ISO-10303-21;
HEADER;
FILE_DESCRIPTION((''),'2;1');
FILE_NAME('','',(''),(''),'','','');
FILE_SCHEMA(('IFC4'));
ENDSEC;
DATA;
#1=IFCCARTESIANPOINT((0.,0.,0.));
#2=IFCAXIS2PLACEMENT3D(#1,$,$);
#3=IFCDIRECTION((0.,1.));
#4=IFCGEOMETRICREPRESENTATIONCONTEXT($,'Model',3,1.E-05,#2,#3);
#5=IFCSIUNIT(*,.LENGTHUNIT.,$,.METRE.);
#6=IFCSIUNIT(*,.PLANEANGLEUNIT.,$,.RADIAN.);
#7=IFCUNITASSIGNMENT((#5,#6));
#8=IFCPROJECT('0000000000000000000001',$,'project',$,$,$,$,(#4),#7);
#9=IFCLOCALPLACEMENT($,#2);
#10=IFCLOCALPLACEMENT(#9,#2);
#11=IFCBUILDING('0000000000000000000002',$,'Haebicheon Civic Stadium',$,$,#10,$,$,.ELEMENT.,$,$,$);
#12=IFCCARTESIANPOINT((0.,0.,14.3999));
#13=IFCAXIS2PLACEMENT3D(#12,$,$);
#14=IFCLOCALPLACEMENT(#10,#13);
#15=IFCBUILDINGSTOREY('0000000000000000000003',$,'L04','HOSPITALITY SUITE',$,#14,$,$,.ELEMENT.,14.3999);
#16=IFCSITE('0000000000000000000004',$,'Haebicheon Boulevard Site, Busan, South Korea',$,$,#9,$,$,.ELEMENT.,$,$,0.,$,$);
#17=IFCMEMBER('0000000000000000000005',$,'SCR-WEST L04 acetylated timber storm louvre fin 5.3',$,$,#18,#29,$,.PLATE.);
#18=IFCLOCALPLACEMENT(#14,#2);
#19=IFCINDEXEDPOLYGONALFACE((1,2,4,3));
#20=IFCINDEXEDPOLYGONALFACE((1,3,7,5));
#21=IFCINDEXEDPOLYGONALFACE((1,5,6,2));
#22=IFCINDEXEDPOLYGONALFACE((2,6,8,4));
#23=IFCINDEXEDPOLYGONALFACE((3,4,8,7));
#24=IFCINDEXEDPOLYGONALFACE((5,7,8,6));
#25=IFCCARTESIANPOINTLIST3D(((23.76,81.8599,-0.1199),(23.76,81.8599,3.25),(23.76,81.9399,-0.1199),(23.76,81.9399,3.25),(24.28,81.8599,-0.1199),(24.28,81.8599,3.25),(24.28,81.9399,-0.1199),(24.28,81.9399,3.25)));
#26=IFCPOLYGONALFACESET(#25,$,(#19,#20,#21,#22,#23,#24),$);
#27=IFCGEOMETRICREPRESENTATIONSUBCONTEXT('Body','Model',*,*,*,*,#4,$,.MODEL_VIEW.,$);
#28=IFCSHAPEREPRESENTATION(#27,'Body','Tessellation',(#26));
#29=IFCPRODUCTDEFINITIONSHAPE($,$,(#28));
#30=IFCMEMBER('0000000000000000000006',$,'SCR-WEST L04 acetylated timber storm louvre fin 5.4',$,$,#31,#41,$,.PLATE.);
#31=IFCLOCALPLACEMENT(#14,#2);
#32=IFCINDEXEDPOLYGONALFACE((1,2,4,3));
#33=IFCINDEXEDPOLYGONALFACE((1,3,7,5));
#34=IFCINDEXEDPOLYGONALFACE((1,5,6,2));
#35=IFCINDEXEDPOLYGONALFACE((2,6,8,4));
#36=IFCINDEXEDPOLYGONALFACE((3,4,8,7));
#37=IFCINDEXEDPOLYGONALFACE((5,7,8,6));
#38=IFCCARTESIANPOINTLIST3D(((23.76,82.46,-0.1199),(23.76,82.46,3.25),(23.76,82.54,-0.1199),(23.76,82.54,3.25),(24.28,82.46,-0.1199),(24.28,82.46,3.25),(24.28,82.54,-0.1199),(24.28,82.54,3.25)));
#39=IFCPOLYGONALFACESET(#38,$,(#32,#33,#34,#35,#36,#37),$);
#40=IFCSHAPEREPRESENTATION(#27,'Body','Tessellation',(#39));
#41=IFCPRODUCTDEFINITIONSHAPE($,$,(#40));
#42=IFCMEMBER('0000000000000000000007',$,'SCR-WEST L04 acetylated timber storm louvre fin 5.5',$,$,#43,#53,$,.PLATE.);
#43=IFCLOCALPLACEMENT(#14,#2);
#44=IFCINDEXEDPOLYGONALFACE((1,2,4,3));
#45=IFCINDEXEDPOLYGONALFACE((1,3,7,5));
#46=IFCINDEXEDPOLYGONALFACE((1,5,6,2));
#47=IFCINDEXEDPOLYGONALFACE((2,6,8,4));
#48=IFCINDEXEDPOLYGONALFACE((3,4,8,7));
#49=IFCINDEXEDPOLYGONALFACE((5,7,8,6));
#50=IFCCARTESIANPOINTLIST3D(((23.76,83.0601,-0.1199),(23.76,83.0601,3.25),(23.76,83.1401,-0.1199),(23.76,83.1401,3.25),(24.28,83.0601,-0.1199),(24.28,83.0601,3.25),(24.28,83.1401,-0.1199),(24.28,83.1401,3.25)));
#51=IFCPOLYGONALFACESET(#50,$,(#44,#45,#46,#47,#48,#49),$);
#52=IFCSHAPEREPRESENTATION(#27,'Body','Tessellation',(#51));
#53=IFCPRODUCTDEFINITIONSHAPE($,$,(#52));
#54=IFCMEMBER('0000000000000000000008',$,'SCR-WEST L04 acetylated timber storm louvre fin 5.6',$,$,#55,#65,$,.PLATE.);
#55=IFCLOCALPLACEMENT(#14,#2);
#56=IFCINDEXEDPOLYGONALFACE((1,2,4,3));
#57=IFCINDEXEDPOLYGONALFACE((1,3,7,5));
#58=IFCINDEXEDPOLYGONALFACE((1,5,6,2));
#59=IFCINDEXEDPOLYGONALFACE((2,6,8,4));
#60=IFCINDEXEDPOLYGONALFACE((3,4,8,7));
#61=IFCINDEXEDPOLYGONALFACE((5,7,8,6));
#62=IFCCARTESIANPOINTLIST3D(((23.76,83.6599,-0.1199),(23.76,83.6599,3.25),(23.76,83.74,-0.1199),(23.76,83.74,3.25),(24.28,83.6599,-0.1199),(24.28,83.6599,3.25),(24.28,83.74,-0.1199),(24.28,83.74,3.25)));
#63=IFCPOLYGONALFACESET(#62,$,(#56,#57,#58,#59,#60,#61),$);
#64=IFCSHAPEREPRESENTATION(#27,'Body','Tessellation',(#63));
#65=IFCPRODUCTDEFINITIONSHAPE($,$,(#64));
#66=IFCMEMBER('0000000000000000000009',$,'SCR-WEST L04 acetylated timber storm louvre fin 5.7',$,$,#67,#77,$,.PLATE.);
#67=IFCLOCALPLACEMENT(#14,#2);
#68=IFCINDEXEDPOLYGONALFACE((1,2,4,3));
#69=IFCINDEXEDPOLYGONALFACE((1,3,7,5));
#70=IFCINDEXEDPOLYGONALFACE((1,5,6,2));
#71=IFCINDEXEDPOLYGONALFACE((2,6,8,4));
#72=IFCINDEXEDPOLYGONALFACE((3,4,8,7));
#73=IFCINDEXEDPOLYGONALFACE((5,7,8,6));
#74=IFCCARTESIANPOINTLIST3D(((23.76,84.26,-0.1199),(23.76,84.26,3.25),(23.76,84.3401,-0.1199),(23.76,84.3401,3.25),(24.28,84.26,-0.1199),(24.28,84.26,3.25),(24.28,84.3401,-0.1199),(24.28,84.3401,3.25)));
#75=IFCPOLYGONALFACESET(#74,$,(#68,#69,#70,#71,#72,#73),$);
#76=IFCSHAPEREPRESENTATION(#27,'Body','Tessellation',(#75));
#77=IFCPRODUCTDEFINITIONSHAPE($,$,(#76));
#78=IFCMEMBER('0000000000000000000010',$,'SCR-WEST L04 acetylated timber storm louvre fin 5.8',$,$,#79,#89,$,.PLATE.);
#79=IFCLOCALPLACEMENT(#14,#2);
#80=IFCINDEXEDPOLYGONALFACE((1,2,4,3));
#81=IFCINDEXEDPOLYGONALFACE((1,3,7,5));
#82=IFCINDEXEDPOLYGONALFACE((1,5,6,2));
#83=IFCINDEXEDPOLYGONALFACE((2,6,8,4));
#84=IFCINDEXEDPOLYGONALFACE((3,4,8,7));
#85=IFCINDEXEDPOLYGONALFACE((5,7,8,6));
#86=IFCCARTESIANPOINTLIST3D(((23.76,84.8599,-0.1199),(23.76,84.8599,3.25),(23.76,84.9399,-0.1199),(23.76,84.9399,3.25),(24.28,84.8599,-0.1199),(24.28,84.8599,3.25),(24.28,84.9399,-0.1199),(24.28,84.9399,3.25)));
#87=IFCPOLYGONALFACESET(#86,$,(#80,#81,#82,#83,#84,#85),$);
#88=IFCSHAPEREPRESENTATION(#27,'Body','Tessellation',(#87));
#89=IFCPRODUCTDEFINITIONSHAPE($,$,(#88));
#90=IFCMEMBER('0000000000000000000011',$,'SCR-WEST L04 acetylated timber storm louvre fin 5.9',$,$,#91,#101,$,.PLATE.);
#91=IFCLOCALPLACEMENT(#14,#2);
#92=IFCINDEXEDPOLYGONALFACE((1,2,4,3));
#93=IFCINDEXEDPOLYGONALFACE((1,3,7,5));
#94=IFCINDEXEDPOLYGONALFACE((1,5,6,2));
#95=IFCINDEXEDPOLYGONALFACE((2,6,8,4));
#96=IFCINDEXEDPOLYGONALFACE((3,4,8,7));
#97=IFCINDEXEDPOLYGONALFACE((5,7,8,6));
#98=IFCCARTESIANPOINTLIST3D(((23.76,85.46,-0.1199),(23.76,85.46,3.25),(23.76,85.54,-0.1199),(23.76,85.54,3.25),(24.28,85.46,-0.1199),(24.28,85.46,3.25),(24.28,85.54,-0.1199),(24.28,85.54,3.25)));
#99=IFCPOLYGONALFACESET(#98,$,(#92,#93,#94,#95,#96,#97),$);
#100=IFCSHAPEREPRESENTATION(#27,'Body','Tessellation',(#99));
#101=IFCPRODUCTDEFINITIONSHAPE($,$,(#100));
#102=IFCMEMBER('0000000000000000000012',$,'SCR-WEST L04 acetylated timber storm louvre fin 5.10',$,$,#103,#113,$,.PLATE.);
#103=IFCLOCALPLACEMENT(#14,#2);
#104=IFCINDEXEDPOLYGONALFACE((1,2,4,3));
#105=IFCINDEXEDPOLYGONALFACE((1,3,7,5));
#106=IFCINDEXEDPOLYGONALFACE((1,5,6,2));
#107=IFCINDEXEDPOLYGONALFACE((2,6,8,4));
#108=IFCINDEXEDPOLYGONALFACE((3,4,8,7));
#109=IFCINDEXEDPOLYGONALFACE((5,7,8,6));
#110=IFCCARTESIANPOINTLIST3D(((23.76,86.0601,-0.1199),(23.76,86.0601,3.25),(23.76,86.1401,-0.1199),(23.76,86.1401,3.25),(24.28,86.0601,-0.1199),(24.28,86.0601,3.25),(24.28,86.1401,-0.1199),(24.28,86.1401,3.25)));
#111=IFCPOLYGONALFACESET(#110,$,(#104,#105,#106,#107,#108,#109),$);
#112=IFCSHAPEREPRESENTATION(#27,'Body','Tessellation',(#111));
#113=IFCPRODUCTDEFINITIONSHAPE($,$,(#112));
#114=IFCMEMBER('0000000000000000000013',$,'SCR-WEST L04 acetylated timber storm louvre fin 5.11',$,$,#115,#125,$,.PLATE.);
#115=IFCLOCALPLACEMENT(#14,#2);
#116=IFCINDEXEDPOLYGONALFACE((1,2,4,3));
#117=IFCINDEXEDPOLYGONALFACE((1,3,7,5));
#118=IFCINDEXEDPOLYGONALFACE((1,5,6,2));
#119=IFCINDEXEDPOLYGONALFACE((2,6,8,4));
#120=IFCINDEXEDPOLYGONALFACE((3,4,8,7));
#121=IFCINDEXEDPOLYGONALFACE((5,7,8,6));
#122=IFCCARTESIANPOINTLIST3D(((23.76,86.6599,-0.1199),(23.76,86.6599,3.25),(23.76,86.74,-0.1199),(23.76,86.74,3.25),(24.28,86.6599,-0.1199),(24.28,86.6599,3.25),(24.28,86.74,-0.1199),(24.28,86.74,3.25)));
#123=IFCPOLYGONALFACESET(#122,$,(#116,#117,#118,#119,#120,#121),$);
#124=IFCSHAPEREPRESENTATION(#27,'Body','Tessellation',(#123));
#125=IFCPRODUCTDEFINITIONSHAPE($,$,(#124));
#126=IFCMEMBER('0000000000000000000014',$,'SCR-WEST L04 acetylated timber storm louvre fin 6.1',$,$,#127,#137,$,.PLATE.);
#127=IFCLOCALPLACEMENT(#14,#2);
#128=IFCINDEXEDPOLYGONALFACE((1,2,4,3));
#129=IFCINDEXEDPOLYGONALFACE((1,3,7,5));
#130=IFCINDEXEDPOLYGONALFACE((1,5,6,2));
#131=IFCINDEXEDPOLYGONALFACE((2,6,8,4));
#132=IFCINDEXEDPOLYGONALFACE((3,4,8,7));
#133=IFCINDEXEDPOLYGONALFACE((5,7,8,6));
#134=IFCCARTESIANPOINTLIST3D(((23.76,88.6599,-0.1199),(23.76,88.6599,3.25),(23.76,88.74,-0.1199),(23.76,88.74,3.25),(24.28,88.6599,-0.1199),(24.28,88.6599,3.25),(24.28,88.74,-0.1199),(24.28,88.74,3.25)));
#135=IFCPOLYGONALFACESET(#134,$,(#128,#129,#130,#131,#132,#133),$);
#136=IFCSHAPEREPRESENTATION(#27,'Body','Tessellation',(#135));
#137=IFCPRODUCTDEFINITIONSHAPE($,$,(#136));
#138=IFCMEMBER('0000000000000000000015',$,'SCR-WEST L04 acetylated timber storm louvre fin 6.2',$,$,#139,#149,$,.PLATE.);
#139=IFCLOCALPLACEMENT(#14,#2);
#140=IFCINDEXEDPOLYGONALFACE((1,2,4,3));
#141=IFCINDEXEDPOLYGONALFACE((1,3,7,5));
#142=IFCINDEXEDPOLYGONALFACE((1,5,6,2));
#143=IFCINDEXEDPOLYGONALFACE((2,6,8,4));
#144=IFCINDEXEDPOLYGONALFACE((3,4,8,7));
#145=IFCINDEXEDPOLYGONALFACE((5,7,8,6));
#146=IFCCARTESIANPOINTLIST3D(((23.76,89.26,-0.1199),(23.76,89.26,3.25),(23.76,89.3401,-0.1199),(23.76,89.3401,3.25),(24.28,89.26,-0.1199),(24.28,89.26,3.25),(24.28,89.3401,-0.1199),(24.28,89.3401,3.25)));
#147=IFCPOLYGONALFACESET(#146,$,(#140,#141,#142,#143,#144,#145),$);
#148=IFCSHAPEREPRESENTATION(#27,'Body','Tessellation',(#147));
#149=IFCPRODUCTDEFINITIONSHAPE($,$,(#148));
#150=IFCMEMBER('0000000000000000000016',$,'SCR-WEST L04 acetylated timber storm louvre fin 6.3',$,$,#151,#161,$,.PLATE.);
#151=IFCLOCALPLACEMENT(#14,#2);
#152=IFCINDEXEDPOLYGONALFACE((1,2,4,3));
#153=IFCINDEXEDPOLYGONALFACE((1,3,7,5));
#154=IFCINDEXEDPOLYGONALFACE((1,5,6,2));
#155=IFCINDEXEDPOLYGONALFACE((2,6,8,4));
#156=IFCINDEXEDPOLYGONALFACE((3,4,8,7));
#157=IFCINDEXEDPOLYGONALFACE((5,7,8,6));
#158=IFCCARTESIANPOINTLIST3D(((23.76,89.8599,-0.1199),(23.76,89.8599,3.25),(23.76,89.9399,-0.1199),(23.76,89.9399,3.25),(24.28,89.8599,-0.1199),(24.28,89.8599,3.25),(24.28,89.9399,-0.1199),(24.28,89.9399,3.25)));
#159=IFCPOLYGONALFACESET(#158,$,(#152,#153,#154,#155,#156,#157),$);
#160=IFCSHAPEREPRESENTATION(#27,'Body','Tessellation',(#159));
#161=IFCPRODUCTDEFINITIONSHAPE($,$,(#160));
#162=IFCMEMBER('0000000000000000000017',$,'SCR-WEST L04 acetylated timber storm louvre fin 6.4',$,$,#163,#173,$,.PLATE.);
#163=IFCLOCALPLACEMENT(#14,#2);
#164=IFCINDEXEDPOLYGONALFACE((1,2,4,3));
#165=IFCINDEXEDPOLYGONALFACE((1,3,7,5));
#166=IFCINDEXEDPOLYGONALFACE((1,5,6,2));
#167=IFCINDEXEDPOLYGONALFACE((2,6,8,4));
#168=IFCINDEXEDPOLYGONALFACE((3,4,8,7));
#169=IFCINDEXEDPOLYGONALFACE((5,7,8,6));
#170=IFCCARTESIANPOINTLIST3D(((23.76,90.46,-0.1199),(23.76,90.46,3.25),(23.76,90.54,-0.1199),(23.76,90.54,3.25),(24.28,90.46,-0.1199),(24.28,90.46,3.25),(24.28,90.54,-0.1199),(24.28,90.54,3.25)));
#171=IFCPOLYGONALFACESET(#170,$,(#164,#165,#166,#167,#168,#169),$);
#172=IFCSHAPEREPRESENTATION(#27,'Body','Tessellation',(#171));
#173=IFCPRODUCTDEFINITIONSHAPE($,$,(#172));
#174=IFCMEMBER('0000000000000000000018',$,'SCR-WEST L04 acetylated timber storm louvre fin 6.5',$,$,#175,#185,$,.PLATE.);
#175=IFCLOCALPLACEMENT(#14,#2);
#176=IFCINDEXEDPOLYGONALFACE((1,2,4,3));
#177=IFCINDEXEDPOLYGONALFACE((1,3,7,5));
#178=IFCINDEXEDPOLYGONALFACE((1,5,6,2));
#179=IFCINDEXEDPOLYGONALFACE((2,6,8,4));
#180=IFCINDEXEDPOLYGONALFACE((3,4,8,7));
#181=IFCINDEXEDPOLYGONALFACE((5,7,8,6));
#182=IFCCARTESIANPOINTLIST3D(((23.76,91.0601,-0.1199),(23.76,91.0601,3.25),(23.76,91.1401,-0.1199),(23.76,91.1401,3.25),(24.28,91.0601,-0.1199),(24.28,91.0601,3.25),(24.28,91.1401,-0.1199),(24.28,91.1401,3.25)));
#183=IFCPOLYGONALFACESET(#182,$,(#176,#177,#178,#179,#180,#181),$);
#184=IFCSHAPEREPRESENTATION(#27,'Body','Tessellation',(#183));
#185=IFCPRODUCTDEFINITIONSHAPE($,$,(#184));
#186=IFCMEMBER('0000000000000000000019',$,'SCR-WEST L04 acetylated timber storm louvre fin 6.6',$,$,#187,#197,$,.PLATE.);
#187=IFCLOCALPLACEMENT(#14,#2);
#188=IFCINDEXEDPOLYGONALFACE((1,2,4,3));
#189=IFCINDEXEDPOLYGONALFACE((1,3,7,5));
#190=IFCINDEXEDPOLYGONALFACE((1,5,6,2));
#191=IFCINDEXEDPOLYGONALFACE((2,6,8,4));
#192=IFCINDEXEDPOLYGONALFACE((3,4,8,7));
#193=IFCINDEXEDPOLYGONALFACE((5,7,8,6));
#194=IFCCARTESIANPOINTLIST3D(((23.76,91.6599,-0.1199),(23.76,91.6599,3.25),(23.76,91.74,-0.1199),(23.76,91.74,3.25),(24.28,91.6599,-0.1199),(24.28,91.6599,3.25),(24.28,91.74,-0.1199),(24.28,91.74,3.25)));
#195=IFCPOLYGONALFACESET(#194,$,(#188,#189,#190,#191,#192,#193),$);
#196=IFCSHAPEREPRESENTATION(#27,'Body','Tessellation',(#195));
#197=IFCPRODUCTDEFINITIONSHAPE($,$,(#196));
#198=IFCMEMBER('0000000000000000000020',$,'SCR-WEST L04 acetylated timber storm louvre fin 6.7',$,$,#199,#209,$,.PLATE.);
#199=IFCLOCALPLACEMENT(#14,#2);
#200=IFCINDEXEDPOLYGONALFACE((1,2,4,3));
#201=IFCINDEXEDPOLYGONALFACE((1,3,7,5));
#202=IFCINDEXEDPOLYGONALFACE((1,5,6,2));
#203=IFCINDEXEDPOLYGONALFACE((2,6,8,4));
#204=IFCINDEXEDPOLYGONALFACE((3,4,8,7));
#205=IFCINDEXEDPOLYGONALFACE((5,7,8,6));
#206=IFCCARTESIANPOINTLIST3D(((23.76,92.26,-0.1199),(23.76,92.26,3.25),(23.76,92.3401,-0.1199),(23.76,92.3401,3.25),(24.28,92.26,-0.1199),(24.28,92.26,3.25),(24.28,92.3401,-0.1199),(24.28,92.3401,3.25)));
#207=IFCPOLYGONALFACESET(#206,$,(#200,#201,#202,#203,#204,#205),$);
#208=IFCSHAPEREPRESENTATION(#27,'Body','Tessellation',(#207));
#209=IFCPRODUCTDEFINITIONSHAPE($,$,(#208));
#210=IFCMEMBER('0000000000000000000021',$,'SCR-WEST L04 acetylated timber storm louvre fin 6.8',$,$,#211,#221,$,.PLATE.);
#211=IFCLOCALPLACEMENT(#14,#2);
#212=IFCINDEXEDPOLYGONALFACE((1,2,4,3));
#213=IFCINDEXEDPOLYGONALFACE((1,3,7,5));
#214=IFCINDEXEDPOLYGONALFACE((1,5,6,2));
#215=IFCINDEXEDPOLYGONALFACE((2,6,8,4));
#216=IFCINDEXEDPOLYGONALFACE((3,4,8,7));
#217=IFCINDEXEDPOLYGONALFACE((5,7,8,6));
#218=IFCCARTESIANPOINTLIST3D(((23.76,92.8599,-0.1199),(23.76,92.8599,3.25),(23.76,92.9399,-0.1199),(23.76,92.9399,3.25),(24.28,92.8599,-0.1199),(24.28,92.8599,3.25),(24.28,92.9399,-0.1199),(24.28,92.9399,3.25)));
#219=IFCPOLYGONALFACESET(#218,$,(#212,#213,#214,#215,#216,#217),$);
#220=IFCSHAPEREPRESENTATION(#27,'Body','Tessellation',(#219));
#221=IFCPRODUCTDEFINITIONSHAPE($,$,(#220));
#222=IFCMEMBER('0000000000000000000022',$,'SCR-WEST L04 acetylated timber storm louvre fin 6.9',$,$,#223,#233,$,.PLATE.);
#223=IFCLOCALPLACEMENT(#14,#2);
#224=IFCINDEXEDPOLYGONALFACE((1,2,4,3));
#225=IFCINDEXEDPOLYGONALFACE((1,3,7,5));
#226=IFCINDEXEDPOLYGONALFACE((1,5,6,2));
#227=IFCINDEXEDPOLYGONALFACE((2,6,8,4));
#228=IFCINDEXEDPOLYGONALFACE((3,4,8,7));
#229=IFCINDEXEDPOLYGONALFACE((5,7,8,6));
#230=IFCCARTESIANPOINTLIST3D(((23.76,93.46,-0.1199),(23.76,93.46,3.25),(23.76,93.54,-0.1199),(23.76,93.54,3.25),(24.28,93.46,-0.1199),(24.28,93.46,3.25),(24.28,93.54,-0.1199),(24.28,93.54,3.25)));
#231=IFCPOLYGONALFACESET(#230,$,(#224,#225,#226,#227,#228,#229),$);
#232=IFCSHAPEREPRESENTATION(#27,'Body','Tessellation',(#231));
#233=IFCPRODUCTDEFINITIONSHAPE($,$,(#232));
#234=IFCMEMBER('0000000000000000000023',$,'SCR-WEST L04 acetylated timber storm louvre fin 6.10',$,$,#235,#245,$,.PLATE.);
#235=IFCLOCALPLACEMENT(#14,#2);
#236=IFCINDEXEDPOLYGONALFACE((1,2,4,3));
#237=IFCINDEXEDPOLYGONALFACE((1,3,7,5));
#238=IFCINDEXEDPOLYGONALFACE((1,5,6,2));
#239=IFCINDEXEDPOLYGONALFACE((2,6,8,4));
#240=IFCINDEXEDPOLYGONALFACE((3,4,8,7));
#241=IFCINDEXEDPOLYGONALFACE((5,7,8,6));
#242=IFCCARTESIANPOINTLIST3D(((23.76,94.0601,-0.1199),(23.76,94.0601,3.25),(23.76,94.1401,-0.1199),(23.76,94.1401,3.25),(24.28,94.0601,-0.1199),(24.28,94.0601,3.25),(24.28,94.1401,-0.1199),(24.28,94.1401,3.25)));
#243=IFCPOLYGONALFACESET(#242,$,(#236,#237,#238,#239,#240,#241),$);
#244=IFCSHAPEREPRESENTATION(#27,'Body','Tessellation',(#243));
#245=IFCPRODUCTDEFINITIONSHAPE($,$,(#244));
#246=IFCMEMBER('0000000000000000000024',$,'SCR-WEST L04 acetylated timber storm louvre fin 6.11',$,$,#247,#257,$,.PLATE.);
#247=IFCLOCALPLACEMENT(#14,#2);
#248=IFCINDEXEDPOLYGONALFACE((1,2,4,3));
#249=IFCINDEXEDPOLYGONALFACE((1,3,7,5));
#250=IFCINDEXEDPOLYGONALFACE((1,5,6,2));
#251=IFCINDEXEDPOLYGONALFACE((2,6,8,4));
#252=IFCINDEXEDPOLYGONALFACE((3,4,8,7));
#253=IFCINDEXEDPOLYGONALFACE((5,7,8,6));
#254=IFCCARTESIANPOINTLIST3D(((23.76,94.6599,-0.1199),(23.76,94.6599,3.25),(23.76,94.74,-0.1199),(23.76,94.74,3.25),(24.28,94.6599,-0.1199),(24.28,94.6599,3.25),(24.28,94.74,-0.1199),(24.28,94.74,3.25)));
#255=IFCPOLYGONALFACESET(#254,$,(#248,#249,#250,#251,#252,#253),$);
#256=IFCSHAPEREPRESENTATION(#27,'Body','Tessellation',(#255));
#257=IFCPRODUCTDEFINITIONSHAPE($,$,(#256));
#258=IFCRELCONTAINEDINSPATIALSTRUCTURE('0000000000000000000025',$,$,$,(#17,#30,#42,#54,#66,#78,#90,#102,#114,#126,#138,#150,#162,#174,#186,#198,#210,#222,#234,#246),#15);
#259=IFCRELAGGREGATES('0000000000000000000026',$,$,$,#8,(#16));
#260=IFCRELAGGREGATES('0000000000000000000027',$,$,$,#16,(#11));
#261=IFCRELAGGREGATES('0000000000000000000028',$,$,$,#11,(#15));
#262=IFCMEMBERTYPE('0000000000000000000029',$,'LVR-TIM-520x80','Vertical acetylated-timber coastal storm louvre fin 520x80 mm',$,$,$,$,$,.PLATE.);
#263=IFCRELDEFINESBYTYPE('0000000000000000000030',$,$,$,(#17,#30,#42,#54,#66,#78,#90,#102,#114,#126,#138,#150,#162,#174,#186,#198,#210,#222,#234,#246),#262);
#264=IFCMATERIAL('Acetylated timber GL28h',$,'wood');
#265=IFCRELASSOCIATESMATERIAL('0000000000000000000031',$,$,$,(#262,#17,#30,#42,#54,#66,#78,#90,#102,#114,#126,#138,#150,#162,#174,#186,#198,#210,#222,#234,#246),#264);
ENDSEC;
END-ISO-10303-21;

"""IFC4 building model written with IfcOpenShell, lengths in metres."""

from ifc_helpers import new_model, si_unit, direction, frame, origin, origin_2d, place, context, subcontext, project, spatial, rectangle, extrude, material, material_profile, profile_set, type_object, element, save


model = new_model("IFC4")

# Units and contexts
model_context = context("Model", 3, precision=1e-05, world=origin(), true_north=direction((0.0, 1.0)))
body_context = subcontext(model_context, "Body", "Model", "MODEL_VIEW")
ifc_project = project(units=[si_unit("LENGTHUNIT", "METRE"), si_unit("PLANEANGLEUNIT", "RADIAN")], contexts=[model_context])

# Site, building, storey
site_placement = place(None, origin())
site = spatial("IfcSite", under=ifc_project, at=site_placement, Name="Haebicheon Boulevard Site, Busan, South Korea", CompositionType="ELEMENT", RefElevation=0.0)
building_placement = place(site_placement, origin())
building = spatial("IfcBuilding", under=site, at=building_placement, Name="Haebicheon Civic Stadium", CompositionType="ELEMENT")
storey_placement = place(building_placement, frame((0.0, 0.0, 14.3999)))
storey = spatial("IfcBuildingStorey", under=building, at=storey_placement, Name="L04", Description="HOSPITALITY SUITE", CompositionType="ELEMENT", Elevation=14.3999)

# Members
ifc_material_1 = material(Name="Acetylated timber GL28h", Category="wood")
ifc_material_profile_1 = material_profile(ifc_material_1, rectangle(XDim=0.0801, YDim=0.52, at=origin_2d()), Name="TMB-LOUV-80x520")
ifc_profile_set_1 = profile_set([ifc_material_profile_1], Name="Acetylated timber GL28h")
member_type_1 = type_object("IfcMemberType", Name="LVR-TIM-520x80", Description="Vertical acetylated-timber coastal storm louvre fin 520x80 mm", PredefinedType="PLATE", material=ifc_profile_set_1)
for number, where, z_axis, x_axis, name in (
    (1, (24.02, 81.8999, -0.1199), (0.0, 0.0, 1.0), (0.0, 1.0, 0.0), "SCR-WEST L04 acetylated timber storm louvre fin 5.3"),
    (2, (24.02, 82.5, -0.1199), (0.0, 0.0, 1.0), (0.0, 1.0, 0.0), "SCR-WEST L04 acetylated timber storm louvre fin 5.4"),
    (3, (24.02, 83.1001, -0.1199), (0.0, 0.0, 1.0), (0.0, 1.0, 0.0), "SCR-WEST L04 acetylated timber storm louvre fin 5.5"),
    (4, (24.02, 83.7, -0.1199), (0.0, 0.0, 1.0), (0.0, 1.0, 0.0), "SCR-WEST L04 acetylated timber storm louvre fin 5.6"),
    (5, (24.02, 84.3, -0.1199), (0.0, 0.0, 1.0), (0.0, 1.0, 0.0), "SCR-WEST L04 acetylated timber storm louvre fin 5.7"),
    (6, (24.02, 84.8999, -0.1199), (0.0, 0.0, 1.0), (0.0, 1.0, 0.0), "SCR-WEST L04 acetylated timber storm louvre fin 5.8"),
    (7, (24.02, 85.5, -0.1199), (0.0, 0.0, 1.0), (0.0, 1.0, 0.0), "SCR-WEST L04 acetylated timber storm louvre fin 5.9"),
    (8, (24.02, 86.1001, -0.1199), (0.0, 0.0, 1.0), (0.0, 1.0, 0.0), "SCR-WEST L04 acetylated timber storm louvre fin 5.10"),
    (9, (24.02, 86.7, -0.1199), (0.0, 0.0, 1.0), (0.0, 1.0, 0.0), "SCR-WEST L04 acetylated timber storm louvre fin 5.11"),
    (10, (24.02, 88.7, -0.1199), (0.0, 0.0, 1.0), (0.0, 1.0, 0.0), "SCR-WEST L04 acetylated timber storm louvre fin 6.1"),
    (11, (24.02, 89.3, -0.1199), (0.0, 0.0, 1.0), (0.0, 1.0, 0.0), "SCR-WEST L04 acetylated timber storm louvre fin 6.2"),
    (12, (24.02, 89.8999, -0.1199), (0.0, 0.0, 1.0), (0.0, 1.0, 0.0), "SCR-WEST L04 acetylated timber storm louvre fin 6.3"),
    (13, (24.02, 90.5, -0.1199), (0.0, 0.0, 1.0), (0.0, 1.0, 0.0), "SCR-WEST L04 acetylated timber storm louvre fin 6.4"),
    (14, (24.02, 91.1001, -0.1199), (0.0, 0.0, 1.0), (0.0, 1.0, 0.0), "SCR-WEST L04 acetylated timber storm louvre fin 6.5"),
    (15, (24.02, 91.7, -0.1199), (0.0, 0.0, 1.0), (0.0, 1.0, 0.0), "SCR-WEST L04 acetylated timber storm louvre fin 6.6"),
    (16, (24.02, 92.3, -0.1199), (0.0, 0.0, 1.0), (0.0, 1.0, 0.0), "SCR-WEST L04 acetylated timber storm louvre fin 6.7"),
    (17, (24.02, 92.8999, -0.1199), (0.0, 0.0, 1.0), (0.0, 1.0, 0.0), "SCR-WEST L04 acetylated timber storm louvre fin 6.8"),
    (18, (24.02, 93.5, -0.1199), (0.0, 0.0, 1.0), (0.0, 1.0, 0.0), "SCR-WEST L04 acetylated timber storm louvre fin 6.9"),
    (19, (24.02, 94.1001, -0.1199), (0.0, 0.0, 1.0), (0.0, 1.0, 0.0), "SCR-WEST L04 acetylated timber storm louvre fin 6.10"),
    (20, (24.02, 94.7, -0.1199), (0.0, 0.0, 1.0), (0.0, 1.0, 0.0), "SCR-WEST L04 acetylated timber storm louvre fin 6.11"),
):
    element("IfcMember", number, at=place(storey_placement, frame(where, z_axis=z_axis, x_axis=x_axis)), inside=storey, type_object=member_type_1, material=ifc_profile_set_1, Name=name, PredefinedType="PLATE", context=body_context, shape_type="SweptSolid", body=[
        extrude(rectangle(XDim=0.0801, YDim=0.52, at=origin_2d()), origin(), (0.0, 0.0, 1.0), 3.3699),
    ])

save(model, "model.ifc")
